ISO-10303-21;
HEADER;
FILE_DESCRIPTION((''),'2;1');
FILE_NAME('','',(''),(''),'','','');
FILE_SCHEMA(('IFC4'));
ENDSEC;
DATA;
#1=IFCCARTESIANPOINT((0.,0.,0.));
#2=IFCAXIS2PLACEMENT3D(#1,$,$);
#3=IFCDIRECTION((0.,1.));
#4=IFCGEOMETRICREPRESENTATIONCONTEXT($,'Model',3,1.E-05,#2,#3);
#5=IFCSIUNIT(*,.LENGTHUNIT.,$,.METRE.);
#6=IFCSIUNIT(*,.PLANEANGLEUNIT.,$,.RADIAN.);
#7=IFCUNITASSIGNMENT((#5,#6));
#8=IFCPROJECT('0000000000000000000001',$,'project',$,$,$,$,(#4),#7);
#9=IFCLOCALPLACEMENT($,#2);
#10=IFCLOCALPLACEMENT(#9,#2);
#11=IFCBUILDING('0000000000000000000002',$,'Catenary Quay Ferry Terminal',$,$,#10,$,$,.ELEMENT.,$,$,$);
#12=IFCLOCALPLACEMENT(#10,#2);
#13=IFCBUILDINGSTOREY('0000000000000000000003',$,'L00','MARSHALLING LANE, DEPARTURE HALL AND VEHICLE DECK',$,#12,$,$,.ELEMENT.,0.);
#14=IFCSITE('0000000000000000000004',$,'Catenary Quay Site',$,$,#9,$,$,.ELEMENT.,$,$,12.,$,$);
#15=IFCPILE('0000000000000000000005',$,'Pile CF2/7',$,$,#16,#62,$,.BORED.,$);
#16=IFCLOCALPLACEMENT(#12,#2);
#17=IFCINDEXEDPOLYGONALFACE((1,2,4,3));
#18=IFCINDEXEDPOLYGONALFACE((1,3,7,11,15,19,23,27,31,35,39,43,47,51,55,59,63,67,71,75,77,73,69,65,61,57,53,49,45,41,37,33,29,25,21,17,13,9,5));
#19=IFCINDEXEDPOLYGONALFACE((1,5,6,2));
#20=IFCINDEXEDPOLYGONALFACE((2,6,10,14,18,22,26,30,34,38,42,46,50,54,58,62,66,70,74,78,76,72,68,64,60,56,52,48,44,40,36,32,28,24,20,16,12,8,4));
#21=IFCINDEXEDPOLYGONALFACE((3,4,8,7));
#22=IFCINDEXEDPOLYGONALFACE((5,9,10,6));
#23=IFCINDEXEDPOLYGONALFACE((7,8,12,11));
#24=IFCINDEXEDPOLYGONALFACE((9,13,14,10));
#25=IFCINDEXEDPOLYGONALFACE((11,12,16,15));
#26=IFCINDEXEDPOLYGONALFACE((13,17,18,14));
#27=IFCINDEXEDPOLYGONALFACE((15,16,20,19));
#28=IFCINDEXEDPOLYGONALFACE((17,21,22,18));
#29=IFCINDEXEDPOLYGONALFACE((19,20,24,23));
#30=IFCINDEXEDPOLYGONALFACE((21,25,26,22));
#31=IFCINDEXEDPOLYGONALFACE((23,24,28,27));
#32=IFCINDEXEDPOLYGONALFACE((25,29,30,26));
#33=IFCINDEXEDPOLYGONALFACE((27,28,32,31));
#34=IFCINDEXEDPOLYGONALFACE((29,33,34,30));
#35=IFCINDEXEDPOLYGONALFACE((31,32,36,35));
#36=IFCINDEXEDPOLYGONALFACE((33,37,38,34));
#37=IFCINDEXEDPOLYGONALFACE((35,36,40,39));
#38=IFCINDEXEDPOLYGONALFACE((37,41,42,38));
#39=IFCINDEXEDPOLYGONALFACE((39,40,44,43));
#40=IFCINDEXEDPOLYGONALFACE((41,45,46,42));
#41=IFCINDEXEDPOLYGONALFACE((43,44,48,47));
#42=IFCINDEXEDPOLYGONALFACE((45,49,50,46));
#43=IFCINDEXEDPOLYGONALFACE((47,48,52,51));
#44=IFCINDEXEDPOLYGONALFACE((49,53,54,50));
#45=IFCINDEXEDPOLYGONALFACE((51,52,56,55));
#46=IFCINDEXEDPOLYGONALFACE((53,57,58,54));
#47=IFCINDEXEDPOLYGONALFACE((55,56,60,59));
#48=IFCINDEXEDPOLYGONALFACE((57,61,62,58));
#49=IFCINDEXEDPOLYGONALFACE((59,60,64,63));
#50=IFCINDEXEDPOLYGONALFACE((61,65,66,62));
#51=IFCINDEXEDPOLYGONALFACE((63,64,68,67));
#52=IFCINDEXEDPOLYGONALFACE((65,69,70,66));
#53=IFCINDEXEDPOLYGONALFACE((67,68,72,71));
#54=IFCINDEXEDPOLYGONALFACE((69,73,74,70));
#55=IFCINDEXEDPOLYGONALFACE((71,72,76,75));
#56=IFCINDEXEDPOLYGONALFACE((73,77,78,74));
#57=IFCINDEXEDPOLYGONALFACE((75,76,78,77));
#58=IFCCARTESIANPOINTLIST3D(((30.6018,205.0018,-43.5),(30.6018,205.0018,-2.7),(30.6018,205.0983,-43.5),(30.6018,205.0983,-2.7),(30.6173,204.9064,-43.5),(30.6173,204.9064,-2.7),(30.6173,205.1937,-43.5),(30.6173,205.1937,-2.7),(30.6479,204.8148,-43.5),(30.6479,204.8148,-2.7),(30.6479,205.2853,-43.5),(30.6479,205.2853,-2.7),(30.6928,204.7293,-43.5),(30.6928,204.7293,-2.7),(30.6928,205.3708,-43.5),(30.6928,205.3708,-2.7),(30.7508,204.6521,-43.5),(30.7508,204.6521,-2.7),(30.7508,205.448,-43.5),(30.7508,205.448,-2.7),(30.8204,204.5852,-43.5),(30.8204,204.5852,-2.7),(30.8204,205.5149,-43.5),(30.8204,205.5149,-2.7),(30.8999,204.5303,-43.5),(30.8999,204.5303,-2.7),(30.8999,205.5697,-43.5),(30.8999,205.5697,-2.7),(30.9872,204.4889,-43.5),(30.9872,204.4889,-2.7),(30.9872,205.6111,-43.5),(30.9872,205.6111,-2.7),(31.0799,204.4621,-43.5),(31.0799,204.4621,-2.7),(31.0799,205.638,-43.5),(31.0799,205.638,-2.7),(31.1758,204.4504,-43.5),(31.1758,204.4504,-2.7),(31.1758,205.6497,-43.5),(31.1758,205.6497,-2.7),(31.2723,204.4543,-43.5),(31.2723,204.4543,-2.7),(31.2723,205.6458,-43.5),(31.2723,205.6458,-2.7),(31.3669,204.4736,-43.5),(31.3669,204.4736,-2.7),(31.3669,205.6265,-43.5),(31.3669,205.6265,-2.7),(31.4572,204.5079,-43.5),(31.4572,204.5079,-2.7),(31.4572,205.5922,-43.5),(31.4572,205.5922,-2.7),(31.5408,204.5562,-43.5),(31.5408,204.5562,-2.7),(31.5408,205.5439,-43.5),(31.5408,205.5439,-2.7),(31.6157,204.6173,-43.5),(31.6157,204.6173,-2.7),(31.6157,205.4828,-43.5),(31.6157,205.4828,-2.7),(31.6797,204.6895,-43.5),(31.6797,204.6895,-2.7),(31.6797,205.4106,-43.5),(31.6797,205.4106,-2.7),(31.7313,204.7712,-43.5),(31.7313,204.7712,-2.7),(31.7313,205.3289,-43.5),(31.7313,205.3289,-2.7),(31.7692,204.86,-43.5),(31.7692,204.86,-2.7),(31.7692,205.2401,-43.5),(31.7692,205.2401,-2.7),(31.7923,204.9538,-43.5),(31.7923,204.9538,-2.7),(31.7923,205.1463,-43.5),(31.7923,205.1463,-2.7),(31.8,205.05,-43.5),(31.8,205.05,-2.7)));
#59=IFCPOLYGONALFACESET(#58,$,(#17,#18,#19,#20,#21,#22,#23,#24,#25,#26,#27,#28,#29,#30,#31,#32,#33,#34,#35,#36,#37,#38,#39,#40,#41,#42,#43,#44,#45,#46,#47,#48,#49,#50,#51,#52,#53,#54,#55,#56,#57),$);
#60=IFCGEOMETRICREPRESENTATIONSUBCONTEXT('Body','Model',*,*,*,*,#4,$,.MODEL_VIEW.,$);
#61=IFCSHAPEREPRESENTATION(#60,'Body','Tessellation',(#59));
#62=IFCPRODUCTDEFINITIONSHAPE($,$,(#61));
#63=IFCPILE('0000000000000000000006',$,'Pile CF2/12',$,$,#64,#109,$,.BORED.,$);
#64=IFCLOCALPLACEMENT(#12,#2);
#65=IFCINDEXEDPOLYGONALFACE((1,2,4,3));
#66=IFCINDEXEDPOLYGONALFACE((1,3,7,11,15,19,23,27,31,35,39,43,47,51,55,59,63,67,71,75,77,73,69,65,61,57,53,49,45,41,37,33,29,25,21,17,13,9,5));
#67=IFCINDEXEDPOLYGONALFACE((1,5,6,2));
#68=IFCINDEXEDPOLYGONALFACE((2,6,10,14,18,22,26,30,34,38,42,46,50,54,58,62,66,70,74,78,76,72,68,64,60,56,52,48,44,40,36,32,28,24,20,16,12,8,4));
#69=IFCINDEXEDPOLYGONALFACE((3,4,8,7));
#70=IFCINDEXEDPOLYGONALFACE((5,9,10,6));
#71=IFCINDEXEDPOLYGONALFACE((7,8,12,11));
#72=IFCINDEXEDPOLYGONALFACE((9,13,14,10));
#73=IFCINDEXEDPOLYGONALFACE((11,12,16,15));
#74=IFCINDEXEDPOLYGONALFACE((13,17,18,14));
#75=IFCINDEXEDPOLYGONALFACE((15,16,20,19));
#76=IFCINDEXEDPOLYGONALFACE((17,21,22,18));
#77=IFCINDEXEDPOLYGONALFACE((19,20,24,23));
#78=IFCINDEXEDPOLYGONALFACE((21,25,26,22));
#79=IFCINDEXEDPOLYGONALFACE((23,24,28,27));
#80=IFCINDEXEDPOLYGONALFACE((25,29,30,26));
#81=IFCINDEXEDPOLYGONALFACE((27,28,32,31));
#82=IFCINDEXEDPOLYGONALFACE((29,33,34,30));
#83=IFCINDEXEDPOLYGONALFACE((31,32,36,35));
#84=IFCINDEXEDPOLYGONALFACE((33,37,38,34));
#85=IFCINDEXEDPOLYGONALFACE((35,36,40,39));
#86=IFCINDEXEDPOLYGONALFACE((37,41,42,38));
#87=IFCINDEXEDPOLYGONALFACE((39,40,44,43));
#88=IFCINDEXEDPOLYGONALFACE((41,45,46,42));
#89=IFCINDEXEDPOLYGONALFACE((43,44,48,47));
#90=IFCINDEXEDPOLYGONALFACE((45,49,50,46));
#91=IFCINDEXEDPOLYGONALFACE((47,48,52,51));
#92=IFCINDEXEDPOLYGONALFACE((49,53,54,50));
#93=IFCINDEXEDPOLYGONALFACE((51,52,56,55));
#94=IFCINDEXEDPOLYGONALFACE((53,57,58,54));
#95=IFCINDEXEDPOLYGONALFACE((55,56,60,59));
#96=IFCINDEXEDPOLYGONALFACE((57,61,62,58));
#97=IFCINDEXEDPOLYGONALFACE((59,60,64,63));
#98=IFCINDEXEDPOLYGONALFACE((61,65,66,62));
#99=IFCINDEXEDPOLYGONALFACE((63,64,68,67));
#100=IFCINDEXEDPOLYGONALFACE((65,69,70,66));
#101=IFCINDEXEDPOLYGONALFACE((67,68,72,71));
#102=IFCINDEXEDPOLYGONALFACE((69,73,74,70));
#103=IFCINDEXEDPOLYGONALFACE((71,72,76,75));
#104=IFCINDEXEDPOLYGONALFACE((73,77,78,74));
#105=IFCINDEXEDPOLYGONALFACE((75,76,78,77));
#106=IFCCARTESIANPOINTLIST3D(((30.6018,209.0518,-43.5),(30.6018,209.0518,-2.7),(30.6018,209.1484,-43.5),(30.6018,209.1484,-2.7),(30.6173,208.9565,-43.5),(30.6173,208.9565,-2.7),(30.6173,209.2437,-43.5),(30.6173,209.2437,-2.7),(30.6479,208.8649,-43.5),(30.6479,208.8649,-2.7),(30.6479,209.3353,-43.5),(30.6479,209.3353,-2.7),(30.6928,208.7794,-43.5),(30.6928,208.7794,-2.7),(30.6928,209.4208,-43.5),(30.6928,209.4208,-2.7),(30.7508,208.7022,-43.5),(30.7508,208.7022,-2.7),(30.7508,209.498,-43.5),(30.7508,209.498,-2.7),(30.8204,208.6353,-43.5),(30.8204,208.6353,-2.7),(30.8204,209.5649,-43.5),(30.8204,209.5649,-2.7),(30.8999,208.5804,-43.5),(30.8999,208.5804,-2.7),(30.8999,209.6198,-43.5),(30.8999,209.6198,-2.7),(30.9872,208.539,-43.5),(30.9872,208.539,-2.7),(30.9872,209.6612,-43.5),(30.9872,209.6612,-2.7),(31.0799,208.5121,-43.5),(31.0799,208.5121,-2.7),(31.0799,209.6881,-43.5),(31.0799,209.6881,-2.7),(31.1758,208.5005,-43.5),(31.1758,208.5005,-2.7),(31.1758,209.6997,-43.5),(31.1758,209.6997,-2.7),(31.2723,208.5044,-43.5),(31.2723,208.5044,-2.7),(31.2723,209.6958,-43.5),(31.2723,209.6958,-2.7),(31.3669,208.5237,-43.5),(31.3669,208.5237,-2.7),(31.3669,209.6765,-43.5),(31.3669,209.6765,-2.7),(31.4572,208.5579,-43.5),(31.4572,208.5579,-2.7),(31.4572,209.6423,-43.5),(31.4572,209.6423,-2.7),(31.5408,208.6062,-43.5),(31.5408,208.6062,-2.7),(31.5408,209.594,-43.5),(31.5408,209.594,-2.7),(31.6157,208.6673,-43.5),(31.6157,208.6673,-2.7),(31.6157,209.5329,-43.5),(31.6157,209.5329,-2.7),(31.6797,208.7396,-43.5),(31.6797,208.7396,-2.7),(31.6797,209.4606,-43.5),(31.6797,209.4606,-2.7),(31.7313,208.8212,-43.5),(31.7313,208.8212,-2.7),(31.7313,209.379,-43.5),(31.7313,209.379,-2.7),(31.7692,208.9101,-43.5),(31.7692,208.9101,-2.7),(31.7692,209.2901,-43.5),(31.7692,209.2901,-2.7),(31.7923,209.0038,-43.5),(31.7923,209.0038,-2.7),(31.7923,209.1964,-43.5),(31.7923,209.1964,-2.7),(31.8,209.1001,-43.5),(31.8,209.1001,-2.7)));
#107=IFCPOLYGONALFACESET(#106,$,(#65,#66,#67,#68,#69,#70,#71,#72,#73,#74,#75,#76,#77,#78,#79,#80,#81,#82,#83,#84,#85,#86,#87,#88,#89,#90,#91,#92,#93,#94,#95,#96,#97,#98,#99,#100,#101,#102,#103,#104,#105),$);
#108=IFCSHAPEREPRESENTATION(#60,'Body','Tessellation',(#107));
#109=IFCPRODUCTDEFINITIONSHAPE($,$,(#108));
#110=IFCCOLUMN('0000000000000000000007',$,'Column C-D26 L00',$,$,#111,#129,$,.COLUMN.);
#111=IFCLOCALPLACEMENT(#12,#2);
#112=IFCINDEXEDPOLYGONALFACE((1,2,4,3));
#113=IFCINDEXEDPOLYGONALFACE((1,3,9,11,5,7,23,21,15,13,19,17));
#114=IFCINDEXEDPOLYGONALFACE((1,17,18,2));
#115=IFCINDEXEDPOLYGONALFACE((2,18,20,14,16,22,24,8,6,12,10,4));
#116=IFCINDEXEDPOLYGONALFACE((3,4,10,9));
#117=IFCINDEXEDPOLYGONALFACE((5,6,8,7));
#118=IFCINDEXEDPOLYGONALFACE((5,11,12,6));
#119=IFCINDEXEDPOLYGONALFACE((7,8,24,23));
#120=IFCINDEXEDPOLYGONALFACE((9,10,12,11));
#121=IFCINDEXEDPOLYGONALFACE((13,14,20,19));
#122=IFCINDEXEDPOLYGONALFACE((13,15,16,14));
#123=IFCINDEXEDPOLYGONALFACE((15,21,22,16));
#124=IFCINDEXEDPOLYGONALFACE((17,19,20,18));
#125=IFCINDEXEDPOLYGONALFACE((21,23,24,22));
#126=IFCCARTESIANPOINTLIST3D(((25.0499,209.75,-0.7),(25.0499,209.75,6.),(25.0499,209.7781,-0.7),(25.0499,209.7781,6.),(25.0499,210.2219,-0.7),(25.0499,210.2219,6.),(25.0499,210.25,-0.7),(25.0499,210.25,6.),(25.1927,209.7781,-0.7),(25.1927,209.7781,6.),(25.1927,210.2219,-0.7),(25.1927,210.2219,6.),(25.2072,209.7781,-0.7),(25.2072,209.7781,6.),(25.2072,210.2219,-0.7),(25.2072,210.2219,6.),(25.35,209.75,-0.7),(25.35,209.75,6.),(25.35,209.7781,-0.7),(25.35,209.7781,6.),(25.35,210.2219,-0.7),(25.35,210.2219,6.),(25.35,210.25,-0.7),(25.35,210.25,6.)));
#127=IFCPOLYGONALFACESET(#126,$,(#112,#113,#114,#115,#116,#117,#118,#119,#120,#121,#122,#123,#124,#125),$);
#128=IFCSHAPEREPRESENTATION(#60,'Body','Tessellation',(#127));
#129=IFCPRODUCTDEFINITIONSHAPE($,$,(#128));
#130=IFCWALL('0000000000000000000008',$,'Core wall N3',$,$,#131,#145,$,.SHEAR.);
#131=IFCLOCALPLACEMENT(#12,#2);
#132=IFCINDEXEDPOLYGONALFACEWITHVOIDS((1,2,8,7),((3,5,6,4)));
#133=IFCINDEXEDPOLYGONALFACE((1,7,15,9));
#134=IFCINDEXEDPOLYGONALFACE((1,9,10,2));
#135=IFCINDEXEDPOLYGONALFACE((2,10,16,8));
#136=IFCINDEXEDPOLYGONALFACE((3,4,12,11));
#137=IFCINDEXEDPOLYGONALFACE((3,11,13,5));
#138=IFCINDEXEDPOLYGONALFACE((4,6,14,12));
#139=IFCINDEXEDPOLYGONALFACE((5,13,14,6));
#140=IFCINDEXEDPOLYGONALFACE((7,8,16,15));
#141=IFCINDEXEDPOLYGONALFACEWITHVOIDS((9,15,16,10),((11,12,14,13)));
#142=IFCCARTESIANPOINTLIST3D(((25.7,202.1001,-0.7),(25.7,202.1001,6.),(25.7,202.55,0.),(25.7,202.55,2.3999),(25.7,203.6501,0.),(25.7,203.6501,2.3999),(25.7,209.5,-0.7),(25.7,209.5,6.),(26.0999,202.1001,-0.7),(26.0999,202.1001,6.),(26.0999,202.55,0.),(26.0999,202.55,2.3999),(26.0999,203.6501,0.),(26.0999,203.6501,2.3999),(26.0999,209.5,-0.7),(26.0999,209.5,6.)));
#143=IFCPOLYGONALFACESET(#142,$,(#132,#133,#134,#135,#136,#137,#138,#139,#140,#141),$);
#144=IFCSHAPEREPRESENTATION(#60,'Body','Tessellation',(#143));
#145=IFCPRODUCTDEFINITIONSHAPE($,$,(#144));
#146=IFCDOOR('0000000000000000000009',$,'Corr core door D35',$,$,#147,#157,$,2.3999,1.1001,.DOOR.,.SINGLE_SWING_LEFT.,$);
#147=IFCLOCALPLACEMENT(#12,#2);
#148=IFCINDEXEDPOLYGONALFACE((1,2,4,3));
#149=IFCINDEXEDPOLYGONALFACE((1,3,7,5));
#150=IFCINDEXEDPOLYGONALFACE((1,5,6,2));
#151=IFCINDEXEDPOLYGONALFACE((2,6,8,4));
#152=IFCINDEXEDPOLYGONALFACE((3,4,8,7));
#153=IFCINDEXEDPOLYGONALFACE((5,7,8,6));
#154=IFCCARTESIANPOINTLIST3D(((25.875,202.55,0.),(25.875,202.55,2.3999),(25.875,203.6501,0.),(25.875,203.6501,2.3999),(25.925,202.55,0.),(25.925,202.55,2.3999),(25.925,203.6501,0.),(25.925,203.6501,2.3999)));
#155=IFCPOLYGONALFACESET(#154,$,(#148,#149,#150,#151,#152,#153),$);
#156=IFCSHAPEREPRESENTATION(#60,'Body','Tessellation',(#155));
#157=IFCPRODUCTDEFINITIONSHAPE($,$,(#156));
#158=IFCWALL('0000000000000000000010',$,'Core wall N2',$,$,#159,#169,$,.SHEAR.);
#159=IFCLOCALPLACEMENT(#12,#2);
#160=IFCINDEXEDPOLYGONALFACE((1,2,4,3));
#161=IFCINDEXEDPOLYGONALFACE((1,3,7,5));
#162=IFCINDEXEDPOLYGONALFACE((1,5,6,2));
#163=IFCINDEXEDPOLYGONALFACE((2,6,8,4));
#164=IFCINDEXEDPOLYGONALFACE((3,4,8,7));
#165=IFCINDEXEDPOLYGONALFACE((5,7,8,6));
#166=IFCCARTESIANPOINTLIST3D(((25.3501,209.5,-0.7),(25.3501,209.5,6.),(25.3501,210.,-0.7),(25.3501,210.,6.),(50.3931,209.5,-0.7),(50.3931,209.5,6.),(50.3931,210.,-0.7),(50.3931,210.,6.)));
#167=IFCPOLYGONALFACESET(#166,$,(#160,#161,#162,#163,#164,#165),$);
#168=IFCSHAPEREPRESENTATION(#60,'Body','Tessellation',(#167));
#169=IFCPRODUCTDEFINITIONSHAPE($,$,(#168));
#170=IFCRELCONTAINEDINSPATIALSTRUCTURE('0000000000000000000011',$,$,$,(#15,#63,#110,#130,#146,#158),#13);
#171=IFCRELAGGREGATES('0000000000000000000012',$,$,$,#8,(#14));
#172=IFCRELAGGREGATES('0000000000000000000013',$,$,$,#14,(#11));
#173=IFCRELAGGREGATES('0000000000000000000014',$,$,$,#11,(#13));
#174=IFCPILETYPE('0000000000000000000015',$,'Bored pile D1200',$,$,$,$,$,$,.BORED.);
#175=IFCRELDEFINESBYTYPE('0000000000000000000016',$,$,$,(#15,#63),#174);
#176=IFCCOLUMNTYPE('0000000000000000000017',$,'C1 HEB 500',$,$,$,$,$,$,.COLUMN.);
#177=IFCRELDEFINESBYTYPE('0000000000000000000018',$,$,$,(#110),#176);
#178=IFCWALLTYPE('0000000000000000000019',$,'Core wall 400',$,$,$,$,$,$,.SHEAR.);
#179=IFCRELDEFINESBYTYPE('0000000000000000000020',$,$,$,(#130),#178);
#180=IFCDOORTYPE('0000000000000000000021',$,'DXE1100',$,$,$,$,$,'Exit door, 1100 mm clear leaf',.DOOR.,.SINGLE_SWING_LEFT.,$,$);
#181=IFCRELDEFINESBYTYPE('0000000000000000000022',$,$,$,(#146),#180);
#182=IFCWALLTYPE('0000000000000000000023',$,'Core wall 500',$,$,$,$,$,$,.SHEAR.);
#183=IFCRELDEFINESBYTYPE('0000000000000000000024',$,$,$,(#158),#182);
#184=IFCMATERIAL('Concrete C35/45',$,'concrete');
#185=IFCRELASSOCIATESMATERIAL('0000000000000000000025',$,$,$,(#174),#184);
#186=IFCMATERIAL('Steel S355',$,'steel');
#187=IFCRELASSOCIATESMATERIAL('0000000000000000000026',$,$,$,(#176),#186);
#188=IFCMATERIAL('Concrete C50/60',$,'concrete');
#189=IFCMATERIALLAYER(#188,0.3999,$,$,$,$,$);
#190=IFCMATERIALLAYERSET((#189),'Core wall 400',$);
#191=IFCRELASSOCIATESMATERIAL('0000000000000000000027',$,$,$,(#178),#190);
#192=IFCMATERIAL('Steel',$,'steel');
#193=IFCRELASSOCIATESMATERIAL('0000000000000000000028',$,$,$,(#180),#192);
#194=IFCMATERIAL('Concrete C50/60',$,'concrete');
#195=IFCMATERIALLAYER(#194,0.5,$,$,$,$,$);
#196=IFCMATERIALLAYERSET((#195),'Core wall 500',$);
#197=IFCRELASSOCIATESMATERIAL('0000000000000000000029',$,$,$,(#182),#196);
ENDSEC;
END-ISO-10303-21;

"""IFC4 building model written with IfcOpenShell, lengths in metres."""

from ifc_helpers import new_model, si_unit, direction, frame, frame_2d, origin, origin_2d, place, context, subcontext, project, spatial, rectangle, circle, i_section, extrude, material, layer, layer_set, material_profile, profile_set, type_object, element, fill, save


model = new_model("IFC4")

# Units and contexts
model_context = context("Model", 3, precision=1e-05, world=origin(), true_north=direction((0.0, 1.0)))
body_context = subcontext(model_context, "Body", "Model", "MODEL_VIEW")
ifc_project = project(units=[si_unit("LENGTHUNIT", "METRE"), si_unit("PLANEANGLEUNIT", "RADIAN")], contexts=[model_context])

# Site, building, storey
site_placement = place(None, origin())
site = spatial("IfcSite", under=ifc_project, at=site_placement, Name="Catenary Quay Site", CompositionType="ELEMENT", RefElevation=12.0)
building_placement = place(site_placement, origin())
building = spatial("IfcBuilding", under=site, at=building_placement, Name="Catenary Quay Ferry Terminal", CompositionType="ELEMENT")
storey_placement = place(building_placement, origin())
storey = spatial("IfcBuildingStorey", under=building, at=storey_placement, Name="L00", Description="MARSHALLING LANE, DEPARTURE HALL AND VEHICLE DECK", CompositionType="ELEMENT", Elevation=0.0)

# Piles
ifc_material_1 = material(Name="Concrete C35/45", Category="concrete")
ifc_material_profile_1 = material_profile(ifc_material_1, circle(Radius=0.6001, at=origin_2d()), Name="D1200")
ifc_profile_set_1 = profile_set([ifc_material_profile_1], Name="Concrete C35/45")
pile_type = type_object("IfcPileType", Name="Bored pile D1200", PredefinedType="BORED", material=ifc_profile_set_1)
for number, where, z_axis, x_axis, name in (
    (1, (31.2, 205.05, -2.7), (0.0, 0.0, -1.0), (1.0, 0.0, 0.0), "Pile CF2/7"),
    (2, (31.2, 209.1001, -2.7), (0.0, 0.0, -1.0), (1.0, 0.0, 0.0), "Pile CF2/12"),
):
    element("IfcPile", number, at=place(storey_placement, frame(where, z_axis=z_axis, x_axis=x_axis)), inside=storey, type_object=pile_type, Name=name, PredefinedType="BORED", context=body_context, shape_type="SweptSolid", body=[
        extrude(circle(Radius=0.6001, at=origin_2d()), origin(), (0.0, 0.0, 1.0), 40.8),
    ])

# Column
ifc_material_2 = material(Name="Steel S355", Category="steel")
ifc_material_profile_2 = material_profile(ifc_material_2, i_section(OverallWidth=0.3, OverallDepth=0.5, WebThickness=0.0144, FlangeThickness=0.0281, at=origin_2d()), Name="HEB 500")
ifc_profile_set_2 = profile_set([ifc_material_profile_2], Name="Steel S355")
column_type = type_object("IfcColumnType", Name="C1 HEB 500", PredefinedType="COLUMN", material=ifc_profile_set_2)
column_placement = place(storey_placement, frame((25.2, 210.0, -0.7), z_axis=(0.0, 0.0, 1.0), x_axis=(1.0, 0.0, 0.0)))
element("IfcColumn", 3, at=column_placement, inside=storey, type_object=column_type, Name="Column C-D26 L00", PredefinedType="COLUMN", context=body_context, shape_type="SweptSolid", body=[
    extrude(i_section(OverallWidth=0.3, OverallDepth=0.5, WebThickness=0.0144, FlangeThickness=0.0281, at=origin_2d()), origin(), (0.0, 0.0, 1.0), 6.7),
])

# Wall, opening, door
ifc_material_3 = material(Name="Concrete C50/60", Category="concrete")
ifc_layer_1 = layer(ifc_material_3, 0.3999)
ifc_layer_set_1 = layer_set([ifc_layer_1], Name="Core wall 400")
wall_type_1 = type_object("IfcWallType", Name="Core wall 400", PredefinedType="SHEAR", material=ifc_layer_set_1)
wall_1_placement = place(storey_placement, frame((25.8999, 202.1001, -0.7), z_axis=(0.0, 0.0, 1.0), x_axis=(0.0, 1.0, 0.0)))
wall_1 = element("IfcWall", 4, at=wall_1_placement, inside=storey, type_object=wall_type_1, Name="Core wall N3", PredefinedType="SHEAR", context=body_context, shape_type="SweptSolid", body=[
    extrude(rectangle(XDim=7.3999, YDim=0.3999, at=frame_2d((3.7, 0.0))), origin(), (0.0, 0.0, 1.0), 6.7),
])
opening_1_placement = place(wall_1_placement, frame((0.45, 0.0, 0.7)))
opening_1 = element("IfcOpeningElement", 5, at=opening_1_placement, cuts=wall_1, PredefinedType="OPENING", context=body_context, shape_type="SweptSolid", body=[
    extrude(rectangle(XDim=1.1001, YDim=2.3999, at=frame_2d((0.55, 1.2))), frame((0.0, 0.21, 0.0), z_axis=(0.0, -1.0, 0.0), x_axis=(1.0, 0.0, 0.0)), (0.0, 0.0, 1.0), 0.4199),
])
ifc_material_4 = material(Name="Steel", Category="steel")
door_type_1 = type_object("IfcDoorType", Name="DXE1100", ElementType="Exit door, 1100 mm clear leaf", OperationType="SINGLE_SWING_LEFT", PredefinedType="DOOR", material=ifc_material_4)
door_1_placement = place(opening_1_placement, origin())
door_1 = element("IfcDoor", 6, at=door_1_placement, inside=storey, type_object=door_type_1, Name="Corr core door D35", OperationType="SINGLE_SWING_LEFT", OverallHeight=2.3999, OverallWidth=1.1001, PredefinedType="DOOR", context=body_context, shape_type="SweptSolid", body=[
    extrude(rectangle(XDim=1.1001, YDim=2.3999, at=frame_2d((0.55, 1.2))), frame((0.0, 0.0249, 0.0), z_axis=(0.0, -1.0, 0.0), x_axis=(1.0, 0.0, 0.0)), (0.0, 0.0, 1.0), 0.05),
])
fill(opening_1, door_1)

# Wall
ifc_material_5 = material(Name="Concrete C50/60", Category="concrete")
ifc_layer_2 = layer(ifc_material_5, 0.5)
ifc_layer_set_2 = layer_set([ifc_layer_2], Name="Core wall 500")
wall_type_2 = type_object("IfcWallType", Name="Core wall 500", PredefinedType="SHEAR", material=ifc_layer_set_2)
wall_2_placement = place(storey_placement, frame((25.3501, 209.75, -0.7), z_axis=(0.0, 0.0, 1.0), x_axis=(1.0, 0.0, 0.0)))
element("IfcWall", 7, at=wall_2_placement, inside=storey, type_object=wall_type_2, Name="Core wall N2", PredefinedType="SHEAR", context=body_context, shape_type="SweptSolid", body=[
    extrude(rectangle(XDim=25.043, YDim=0.5, at=frame_2d((12.5215, 0.0))), origin(), (0.0, 0.0, 1.0), 6.7),
])

save(model, "model.ifc")
